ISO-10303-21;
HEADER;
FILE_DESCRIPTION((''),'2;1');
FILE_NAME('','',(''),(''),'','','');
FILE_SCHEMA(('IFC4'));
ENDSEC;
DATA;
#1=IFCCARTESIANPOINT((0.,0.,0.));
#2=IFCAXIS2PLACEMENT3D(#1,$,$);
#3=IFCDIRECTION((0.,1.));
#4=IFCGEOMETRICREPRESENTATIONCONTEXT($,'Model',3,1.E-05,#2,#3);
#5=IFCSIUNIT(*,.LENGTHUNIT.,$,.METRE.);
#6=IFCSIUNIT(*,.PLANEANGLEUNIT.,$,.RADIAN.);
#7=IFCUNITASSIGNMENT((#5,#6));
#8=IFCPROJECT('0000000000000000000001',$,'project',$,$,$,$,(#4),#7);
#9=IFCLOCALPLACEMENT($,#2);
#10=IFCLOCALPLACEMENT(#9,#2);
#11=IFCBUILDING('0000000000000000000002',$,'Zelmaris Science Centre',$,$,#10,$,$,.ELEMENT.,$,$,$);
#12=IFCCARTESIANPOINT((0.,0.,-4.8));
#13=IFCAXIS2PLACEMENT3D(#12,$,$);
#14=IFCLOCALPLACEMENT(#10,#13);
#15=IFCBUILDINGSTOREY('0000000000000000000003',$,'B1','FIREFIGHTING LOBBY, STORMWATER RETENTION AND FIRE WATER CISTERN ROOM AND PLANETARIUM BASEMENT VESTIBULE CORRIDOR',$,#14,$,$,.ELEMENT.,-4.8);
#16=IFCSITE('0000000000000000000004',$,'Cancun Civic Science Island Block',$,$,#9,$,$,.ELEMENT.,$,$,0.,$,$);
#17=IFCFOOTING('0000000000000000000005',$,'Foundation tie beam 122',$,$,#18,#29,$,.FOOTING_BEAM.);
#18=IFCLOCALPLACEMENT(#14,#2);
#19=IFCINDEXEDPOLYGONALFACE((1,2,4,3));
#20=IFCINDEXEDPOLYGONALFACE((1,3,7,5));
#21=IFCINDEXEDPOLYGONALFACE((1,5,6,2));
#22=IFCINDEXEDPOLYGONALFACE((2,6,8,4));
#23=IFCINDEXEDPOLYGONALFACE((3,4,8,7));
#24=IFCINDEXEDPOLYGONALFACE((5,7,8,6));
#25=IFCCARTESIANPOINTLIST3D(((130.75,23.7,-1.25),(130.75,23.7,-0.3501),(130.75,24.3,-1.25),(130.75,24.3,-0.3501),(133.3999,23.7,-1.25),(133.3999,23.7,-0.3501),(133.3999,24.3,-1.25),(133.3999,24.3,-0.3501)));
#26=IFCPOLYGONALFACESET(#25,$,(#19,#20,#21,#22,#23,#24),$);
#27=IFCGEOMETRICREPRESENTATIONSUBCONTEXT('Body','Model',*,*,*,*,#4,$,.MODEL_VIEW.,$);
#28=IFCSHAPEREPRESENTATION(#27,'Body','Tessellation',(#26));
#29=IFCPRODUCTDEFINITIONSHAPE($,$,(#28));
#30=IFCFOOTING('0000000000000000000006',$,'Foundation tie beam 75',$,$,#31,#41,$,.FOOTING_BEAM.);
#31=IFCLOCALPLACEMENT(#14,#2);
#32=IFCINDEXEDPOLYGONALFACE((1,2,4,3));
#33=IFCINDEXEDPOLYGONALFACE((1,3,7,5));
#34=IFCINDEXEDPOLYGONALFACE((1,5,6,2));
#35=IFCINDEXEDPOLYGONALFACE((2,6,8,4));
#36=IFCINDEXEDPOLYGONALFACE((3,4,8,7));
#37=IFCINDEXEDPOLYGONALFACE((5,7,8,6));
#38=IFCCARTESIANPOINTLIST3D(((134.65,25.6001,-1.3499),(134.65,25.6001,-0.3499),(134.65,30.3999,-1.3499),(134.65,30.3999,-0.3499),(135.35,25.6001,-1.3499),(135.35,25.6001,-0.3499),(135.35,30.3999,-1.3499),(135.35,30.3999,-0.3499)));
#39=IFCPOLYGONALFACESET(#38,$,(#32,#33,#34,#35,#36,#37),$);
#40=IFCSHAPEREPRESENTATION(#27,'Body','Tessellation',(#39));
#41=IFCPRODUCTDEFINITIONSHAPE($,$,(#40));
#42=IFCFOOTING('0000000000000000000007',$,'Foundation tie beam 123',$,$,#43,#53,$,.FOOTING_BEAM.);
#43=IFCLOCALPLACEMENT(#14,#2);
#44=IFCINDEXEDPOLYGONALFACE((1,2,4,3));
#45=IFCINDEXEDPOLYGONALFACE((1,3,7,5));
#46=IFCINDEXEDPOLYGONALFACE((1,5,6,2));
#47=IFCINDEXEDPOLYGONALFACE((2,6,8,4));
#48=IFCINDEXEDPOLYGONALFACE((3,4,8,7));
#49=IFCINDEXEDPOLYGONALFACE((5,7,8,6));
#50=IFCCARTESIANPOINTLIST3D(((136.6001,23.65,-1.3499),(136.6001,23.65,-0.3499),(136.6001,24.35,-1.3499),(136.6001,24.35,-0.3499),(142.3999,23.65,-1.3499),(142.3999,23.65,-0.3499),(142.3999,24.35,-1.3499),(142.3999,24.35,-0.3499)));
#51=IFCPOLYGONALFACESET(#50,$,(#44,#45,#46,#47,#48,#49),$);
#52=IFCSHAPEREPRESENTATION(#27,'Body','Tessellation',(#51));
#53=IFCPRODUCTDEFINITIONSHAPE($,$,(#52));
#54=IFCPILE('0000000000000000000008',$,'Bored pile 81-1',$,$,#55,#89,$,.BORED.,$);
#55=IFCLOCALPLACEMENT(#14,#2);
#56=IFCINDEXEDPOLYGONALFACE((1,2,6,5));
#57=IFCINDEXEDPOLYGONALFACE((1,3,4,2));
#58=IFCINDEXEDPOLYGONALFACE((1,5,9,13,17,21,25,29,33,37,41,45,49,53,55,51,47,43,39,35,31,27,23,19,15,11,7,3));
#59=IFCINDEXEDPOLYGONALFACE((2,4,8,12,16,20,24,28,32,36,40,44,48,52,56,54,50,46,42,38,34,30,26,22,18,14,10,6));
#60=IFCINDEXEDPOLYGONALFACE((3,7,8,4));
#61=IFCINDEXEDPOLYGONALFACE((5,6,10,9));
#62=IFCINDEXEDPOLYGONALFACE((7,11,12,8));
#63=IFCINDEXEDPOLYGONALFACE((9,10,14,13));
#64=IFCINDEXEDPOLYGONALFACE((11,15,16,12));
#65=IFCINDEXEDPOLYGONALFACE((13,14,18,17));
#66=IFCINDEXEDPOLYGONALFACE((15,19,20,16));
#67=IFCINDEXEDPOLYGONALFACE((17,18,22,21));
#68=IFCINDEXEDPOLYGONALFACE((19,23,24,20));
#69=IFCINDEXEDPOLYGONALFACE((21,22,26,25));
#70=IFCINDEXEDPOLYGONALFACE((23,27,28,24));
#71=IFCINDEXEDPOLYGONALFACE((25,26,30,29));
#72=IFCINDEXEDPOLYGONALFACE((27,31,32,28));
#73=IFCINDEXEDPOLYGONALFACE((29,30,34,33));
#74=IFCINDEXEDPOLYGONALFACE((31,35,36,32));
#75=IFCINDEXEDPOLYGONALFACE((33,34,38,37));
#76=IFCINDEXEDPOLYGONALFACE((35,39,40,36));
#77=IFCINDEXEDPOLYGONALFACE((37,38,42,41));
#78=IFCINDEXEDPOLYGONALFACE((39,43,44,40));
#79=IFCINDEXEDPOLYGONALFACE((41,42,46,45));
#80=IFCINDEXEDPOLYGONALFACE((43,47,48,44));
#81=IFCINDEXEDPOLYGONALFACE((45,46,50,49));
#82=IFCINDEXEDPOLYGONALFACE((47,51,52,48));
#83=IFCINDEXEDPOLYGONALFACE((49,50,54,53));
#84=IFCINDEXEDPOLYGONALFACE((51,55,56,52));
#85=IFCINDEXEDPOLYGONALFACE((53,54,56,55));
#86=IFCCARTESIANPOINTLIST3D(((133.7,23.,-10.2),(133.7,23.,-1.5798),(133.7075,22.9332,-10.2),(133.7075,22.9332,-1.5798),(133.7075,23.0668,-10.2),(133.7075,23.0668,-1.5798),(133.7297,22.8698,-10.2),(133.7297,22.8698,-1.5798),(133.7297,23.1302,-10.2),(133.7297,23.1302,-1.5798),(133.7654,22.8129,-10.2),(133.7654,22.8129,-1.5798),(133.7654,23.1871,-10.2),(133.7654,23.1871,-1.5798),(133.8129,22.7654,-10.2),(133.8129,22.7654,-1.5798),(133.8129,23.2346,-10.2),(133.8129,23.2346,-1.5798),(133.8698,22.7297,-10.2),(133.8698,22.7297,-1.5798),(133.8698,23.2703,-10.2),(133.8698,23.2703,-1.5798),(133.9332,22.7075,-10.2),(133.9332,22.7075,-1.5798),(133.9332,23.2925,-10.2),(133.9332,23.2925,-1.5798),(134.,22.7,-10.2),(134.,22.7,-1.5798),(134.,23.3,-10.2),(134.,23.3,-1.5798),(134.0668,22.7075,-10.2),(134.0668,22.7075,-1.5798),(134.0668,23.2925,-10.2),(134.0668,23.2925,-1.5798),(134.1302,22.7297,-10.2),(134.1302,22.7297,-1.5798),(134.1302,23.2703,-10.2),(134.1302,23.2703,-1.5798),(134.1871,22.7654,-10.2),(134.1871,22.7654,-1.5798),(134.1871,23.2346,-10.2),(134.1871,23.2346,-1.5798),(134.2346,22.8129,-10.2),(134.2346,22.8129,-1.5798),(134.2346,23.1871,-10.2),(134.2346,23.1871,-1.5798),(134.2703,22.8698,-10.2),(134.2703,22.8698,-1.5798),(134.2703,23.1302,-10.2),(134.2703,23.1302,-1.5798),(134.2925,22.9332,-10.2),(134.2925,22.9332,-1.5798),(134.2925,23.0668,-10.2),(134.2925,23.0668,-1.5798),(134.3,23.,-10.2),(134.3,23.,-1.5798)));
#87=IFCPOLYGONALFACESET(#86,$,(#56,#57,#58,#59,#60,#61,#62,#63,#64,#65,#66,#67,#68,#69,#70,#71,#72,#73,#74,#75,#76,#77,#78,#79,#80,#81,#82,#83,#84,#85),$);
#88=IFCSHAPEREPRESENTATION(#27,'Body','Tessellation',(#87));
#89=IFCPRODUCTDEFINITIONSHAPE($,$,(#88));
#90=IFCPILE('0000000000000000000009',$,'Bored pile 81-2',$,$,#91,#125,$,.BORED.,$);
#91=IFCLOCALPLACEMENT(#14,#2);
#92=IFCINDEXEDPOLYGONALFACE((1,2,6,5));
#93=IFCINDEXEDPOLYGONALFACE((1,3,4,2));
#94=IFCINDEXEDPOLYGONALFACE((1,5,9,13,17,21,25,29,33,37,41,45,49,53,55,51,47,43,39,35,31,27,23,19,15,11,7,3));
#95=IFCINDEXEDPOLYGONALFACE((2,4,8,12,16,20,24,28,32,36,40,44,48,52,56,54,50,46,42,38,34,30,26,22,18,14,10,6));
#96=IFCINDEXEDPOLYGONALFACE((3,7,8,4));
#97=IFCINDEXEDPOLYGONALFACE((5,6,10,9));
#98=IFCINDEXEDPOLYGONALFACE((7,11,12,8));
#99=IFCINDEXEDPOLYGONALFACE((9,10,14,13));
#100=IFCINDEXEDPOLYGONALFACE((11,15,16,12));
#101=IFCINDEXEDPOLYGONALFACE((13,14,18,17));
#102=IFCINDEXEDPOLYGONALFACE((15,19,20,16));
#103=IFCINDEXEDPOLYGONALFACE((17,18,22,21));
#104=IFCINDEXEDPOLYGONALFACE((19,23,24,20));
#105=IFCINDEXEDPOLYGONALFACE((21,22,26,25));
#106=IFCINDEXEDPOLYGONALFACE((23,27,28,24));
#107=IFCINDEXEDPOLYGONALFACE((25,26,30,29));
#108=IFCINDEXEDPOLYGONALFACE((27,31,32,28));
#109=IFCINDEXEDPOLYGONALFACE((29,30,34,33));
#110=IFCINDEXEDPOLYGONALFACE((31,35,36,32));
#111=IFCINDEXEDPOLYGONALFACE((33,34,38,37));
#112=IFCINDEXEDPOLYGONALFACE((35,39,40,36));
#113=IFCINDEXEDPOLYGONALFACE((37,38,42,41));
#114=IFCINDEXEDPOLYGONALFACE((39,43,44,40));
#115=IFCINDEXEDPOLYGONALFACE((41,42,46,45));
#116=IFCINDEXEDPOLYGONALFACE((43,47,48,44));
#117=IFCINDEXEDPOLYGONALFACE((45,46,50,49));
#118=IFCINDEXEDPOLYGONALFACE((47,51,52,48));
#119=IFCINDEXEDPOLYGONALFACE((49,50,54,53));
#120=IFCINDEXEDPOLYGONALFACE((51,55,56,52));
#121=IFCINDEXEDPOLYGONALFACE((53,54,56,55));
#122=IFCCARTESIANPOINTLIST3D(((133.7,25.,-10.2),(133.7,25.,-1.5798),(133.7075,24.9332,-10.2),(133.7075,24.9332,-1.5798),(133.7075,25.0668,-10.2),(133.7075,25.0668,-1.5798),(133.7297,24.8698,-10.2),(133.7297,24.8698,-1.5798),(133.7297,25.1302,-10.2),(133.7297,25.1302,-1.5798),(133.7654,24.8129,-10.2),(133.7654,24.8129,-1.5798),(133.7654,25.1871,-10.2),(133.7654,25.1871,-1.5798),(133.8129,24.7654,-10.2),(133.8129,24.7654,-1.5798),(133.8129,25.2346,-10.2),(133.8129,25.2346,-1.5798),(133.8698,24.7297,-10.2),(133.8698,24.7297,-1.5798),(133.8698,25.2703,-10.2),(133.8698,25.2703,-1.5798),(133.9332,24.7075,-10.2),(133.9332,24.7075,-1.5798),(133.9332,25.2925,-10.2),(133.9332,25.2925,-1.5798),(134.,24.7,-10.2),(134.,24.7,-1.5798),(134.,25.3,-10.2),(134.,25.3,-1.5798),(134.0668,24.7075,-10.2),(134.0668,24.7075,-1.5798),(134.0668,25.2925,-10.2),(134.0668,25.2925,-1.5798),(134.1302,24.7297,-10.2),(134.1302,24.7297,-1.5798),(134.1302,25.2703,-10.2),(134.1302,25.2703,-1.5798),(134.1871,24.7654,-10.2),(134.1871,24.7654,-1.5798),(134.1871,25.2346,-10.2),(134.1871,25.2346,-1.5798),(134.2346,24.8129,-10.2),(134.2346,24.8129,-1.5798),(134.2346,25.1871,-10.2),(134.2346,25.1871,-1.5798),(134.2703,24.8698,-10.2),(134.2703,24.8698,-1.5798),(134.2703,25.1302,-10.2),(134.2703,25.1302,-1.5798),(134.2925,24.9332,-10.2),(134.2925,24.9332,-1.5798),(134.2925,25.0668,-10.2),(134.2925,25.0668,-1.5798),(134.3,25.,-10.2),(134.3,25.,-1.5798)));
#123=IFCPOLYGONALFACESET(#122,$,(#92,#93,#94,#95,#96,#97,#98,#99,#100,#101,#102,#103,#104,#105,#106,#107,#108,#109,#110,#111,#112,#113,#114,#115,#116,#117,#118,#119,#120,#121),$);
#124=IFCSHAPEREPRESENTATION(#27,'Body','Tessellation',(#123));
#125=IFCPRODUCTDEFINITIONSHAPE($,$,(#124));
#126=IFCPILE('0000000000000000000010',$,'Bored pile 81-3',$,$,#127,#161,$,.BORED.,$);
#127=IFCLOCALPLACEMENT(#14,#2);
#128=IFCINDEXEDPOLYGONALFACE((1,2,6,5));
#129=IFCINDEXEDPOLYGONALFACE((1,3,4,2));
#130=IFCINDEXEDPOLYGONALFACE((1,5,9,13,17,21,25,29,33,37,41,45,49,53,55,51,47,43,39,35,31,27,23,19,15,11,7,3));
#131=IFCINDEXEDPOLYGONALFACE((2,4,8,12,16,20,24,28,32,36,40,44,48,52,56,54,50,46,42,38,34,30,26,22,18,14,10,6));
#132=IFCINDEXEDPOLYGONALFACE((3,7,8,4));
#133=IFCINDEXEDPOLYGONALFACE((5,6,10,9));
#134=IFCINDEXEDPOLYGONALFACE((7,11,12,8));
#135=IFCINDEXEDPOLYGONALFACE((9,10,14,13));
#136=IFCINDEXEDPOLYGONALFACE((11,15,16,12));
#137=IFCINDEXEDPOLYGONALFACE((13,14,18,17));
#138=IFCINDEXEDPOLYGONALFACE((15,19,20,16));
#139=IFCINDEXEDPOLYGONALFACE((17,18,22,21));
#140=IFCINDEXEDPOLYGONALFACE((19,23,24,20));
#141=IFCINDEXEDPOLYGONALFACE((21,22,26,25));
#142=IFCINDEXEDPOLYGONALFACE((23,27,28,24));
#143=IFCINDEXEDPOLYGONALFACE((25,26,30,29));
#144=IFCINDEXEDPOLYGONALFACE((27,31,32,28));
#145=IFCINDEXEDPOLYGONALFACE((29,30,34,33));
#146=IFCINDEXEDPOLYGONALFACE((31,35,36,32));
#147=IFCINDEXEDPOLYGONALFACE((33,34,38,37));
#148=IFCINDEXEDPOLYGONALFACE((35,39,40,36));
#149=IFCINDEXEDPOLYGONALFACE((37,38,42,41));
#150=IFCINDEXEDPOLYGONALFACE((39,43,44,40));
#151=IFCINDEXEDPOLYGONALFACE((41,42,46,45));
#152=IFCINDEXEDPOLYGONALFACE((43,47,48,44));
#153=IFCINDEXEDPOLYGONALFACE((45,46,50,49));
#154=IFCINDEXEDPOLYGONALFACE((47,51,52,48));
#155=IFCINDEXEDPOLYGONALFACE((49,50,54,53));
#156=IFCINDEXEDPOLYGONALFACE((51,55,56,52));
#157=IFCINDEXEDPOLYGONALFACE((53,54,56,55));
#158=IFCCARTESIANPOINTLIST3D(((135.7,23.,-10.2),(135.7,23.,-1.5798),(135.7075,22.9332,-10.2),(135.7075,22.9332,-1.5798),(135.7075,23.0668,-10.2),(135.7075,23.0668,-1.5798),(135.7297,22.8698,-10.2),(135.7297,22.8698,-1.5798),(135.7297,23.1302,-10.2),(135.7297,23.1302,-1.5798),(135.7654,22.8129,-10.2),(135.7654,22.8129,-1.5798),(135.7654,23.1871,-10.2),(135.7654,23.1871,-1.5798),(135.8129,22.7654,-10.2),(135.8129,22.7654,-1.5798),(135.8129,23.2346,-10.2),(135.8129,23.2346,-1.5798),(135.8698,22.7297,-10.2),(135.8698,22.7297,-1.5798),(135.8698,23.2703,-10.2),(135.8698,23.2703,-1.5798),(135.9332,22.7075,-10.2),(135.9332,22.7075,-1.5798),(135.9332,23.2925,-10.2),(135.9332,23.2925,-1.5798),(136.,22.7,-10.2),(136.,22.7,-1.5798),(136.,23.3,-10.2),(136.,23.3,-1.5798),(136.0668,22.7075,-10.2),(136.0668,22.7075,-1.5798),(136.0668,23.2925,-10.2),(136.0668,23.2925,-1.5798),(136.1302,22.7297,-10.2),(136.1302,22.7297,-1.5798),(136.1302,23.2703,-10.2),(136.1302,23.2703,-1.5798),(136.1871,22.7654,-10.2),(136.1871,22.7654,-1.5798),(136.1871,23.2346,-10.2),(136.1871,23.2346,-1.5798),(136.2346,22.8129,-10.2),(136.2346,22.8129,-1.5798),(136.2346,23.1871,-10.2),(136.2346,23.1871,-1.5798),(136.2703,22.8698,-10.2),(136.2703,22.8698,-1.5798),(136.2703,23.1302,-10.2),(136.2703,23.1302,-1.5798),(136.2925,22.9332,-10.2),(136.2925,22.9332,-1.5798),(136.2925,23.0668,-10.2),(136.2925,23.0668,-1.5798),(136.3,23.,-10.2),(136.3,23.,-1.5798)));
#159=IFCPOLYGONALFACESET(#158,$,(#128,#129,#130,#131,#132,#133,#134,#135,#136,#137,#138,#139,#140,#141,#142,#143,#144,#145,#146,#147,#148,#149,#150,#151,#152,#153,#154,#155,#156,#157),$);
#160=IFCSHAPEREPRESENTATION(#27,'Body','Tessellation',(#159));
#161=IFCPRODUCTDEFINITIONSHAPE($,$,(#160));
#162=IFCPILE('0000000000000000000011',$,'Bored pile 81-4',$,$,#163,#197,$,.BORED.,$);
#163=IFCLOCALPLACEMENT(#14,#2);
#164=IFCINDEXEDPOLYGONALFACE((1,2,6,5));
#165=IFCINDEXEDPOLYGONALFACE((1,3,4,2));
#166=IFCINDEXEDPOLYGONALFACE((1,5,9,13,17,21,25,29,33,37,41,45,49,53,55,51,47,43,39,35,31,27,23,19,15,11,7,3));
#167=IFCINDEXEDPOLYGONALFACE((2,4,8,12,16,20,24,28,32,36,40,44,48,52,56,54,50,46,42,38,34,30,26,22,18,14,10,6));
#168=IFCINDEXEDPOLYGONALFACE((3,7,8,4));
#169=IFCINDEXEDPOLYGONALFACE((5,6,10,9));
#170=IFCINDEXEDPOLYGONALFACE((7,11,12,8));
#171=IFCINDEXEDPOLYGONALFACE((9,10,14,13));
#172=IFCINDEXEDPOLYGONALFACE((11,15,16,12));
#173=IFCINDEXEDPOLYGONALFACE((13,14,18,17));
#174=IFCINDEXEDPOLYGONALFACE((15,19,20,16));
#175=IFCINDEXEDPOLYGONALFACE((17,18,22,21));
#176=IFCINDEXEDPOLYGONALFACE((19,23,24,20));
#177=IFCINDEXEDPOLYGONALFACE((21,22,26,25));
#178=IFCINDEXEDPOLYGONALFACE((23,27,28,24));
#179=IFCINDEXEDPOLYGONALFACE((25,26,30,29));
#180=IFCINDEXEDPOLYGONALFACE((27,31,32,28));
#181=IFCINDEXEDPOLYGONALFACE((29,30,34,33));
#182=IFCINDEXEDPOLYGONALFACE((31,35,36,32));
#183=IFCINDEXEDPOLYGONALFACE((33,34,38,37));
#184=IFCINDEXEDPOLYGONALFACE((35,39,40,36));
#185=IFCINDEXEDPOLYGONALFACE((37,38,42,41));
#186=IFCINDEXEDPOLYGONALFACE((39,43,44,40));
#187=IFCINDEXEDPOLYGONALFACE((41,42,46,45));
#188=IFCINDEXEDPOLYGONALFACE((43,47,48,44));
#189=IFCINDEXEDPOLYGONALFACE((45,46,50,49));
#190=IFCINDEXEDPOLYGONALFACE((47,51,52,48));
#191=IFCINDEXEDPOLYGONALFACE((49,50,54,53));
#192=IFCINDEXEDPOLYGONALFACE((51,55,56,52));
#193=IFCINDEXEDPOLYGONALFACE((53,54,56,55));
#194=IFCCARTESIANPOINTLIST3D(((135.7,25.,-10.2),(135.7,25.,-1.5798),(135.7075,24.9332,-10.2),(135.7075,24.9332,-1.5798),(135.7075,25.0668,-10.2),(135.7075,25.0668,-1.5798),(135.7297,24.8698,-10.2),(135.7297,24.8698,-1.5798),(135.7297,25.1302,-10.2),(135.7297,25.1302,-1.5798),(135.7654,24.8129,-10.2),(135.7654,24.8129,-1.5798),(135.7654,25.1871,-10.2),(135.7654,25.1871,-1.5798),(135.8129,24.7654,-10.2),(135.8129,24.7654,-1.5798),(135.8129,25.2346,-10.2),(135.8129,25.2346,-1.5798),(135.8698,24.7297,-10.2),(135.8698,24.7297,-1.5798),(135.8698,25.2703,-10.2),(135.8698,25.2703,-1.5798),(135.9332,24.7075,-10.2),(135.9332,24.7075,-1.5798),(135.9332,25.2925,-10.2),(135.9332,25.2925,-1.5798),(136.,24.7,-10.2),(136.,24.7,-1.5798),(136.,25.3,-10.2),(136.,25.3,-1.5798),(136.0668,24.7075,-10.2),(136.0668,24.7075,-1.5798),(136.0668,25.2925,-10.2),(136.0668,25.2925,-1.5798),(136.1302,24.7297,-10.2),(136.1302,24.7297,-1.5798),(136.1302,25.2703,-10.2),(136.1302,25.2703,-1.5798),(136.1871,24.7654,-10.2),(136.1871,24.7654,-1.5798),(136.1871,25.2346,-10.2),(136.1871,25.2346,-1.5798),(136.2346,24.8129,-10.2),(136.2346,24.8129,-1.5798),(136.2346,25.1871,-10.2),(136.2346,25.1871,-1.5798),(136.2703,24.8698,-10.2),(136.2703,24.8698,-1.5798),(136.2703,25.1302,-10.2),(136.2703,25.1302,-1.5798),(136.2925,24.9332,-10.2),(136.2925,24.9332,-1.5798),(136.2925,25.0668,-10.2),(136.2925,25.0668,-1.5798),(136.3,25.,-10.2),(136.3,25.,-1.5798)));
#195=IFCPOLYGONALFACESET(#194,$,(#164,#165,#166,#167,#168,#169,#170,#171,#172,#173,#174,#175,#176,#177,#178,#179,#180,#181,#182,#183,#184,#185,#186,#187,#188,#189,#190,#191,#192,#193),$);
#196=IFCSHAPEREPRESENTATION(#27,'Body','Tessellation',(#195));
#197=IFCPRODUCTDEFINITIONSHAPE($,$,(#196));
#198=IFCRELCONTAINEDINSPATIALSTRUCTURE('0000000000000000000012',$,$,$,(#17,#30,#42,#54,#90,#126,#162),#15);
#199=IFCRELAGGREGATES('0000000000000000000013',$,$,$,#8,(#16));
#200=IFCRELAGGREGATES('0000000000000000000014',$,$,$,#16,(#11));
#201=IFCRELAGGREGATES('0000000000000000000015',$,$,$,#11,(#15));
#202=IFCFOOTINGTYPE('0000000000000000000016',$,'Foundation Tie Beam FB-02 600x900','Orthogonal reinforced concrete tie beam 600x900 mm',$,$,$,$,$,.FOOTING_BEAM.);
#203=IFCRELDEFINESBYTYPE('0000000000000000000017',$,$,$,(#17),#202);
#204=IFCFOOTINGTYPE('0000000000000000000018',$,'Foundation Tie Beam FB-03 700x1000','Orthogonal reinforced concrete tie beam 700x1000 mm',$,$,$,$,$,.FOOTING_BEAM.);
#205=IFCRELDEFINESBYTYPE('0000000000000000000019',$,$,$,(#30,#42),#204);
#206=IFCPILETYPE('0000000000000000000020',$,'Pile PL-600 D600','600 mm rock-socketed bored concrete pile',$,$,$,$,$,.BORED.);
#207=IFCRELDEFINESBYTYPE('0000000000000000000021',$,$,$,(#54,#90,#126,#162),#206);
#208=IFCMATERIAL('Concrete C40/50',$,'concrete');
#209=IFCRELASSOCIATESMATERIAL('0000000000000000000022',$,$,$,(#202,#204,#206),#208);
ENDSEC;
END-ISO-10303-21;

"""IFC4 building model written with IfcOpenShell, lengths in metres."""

from ifc_helpers import new_model, si_unit, direction, frame, origin, origin_2d, place, context, subcontext, project, spatial, rectangle, circle, extrude, material, material_profile, profile_set, type_object, element, save


model = new_model("IFC4")

# Units and contexts
model_context = context("Model", 3, precision=1e-05, world=origin(), true_north=direction((0.0, 1.0)))
body_context = subcontext(model_context, "Body", "Model", "MODEL_VIEW")
ifc_project = project(units=[si_unit("LENGTHUNIT", "METRE"), si_unit("PLANEANGLEUNIT", "RADIAN")], contexts=[model_context])

# Site, building, storey
site_placement = place(None, origin())
site = spatial("IfcSite", under=ifc_project, at=site_placement, Name="Cancun Civic Science Island Block", CompositionType="ELEMENT", RefElevation=0.0)
building_placement = place(site_placement, origin())
building = spatial("IfcBuilding", under=site, at=building_placement, Name="Zelmaris Science Centre", CompositionType="ELEMENT")
storey_placement = place(building_placement, frame((0.0, 0.0, -4.8)))
storey = spatial("IfcBuildingStorey", under=building, at=storey_placement, Name="B1", Description="FIREFIGHTING LOBBY, STORMWATER RETENTION AND FIRE WATER CISTERN ROOM AND PLANETARIUM BASEMENT VESTIBULE CORRIDOR", CompositionType="ELEMENT", Elevation=-4.8)

# Footings
ifc_material_1 = material(Name="Concrete C40/50", Category="concrete")
ifc_material_profile_1 = material_profile(ifc_material_1, rectangle(XDim=0.6001, YDim=0.8999, at=origin_2d()), Name="FB-600X900")
ifc_profile_set_1 = profile_set([ifc_material_profile_1], Name="Concrete C40/50")
footing_type_1 = type_object("IfcFootingType", Name="Foundation Tie Beam FB-02 600x900", Description="Orthogonal reinforced concrete tie beam 600x900 mm", PredefinedType="FOOTING_BEAM", material=ifc_profile_set_1)
footing_1_placement = place(storey_placement, frame((130.75, 24.0, -0.8), z_axis=(1.0, 0.0, 0.0), x_axis=(0.0, 1.0, 0.0)))
element("IfcFooting", 1, at=footing_1_placement, inside=storey, type_object=footing_type_1, Name="Foundation tie beam 122", PredefinedType="FOOTING_BEAM", context=body_context, shape_type="SweptSolid", body=[
    extrude(rectangle(XDim=0.6001, YDim=0.8999, at=origin_2d()), origin(), (0.0, 0.0, 1.0), 2.6499),
])
ifc_material_profile_2 = material_profile(ifc_material_1, rectangle(XDim=0.7, YDim=1.0, at=origin_2d()), Name="FB-700X1000")
ifc_profile_set_2 = profile_set([ifc_material_profile_2], Name="Concrete C40/50")
footing_type_2 = type_object("IfcFootingType", Name="Foundation Tie Beam FB-03 700x1000", Description="Orthogonal reinforced concrete tie beam 700x1000 mm", PredefinedType="FOOTING_BEAM", material=ifc_profile_set_2)
footing_2_placement = place(storey_placement, frame((135.0, 25.6001, -0.8499), z_axis=(0.0, 1.0, 0.0), x_axis=(-1.0, 0.0, 0.0)))
element("IfcFooting", 2, at=footing_2_placement, inside=storey, type_object=footing_type_2, Name="Foundation tie beam 75", PredefinedType="FOOTING_BEAM", context=body_context, shape_type="SweptSolid", body=[
    extrude(rectangle(XDim=0.7, YDim=1.0, at=origin_2d()), origin(), (0.0, 0.0, 1.0), 4.7998),
])
footing_3_placement = place(storey_placement, frame((136.6001, 24.0, -0.8499), z_axis=(1.0, 0.0, 0.0), x_axis=(0.0, 1.0, 0.0)))
element("IfcFooting", 3, at=footing_3_placement, inside=storey, type_object=footing_type_2, Name="Foundation tie beam 123", PredefinedType="FOOTING_BEAM", context=body_context, shape_type="SweptSolid", body=[
    extrude(rectangle(XDim=0.7, YDim=1.0, at=origin_2d()), origin(), (0.0, 0.0, 1.0), 5.7998),
])

# Piles
ifc_material_profile_3 = material_profile(ifc_material_1, circle(Radius=0.3, at=origin_2d()), Name="PILE-600")
ifc_profile_set_3 = profile_set([ifc_material_profile_3], Name="Concrete C40/50")
pile_type_1 = type_object("IfcPileType", Name="Pile PL-600 D600", Description="600 mm rock-socketed bored concrete pile", PredefinedType="BORED", material=ifc_profile_set_3)
for number, where, z_axis, x_axis, name in (
    (4, (134.0, 23.0, -1.5798), (0.0, 0.0, -1.0), (1.0, 0.0, 0.0), "Bored pile 81-1"),
    (5, (134.0, 25.0, -1.5798), (0.0, 0.0, -1.0), (1.0, 0.0, 0.0), "Bored pile 81-2"),
    (6, (136.0, 23.0, -1.5798), (0.0, 0.0, -1.0), (1.0, 0.0, 0.0), "Bored pile 81-3"),
    (7, (136.0, 25.0, -1.5798), (0.0, 0.0, -1.0), (1.0, 0.0, 0.0), "Bored pile 81-4"),
):
    element("IfcPile", number, at=place(storey_placement, frame(where, z_axis=z_axis, x_axis=x_axis)), inside=storey, type_object=pile_type_1, Name=name, PredefinedType="BORED", context=body_context, shape_type="SweptSolid", body=[
        extrude(circle(Radius=0.3, at=origin_2d()), origin(), (0.0, 0.0, 1.0), 8.6201),
    ])

save(model, "model.ifc")
